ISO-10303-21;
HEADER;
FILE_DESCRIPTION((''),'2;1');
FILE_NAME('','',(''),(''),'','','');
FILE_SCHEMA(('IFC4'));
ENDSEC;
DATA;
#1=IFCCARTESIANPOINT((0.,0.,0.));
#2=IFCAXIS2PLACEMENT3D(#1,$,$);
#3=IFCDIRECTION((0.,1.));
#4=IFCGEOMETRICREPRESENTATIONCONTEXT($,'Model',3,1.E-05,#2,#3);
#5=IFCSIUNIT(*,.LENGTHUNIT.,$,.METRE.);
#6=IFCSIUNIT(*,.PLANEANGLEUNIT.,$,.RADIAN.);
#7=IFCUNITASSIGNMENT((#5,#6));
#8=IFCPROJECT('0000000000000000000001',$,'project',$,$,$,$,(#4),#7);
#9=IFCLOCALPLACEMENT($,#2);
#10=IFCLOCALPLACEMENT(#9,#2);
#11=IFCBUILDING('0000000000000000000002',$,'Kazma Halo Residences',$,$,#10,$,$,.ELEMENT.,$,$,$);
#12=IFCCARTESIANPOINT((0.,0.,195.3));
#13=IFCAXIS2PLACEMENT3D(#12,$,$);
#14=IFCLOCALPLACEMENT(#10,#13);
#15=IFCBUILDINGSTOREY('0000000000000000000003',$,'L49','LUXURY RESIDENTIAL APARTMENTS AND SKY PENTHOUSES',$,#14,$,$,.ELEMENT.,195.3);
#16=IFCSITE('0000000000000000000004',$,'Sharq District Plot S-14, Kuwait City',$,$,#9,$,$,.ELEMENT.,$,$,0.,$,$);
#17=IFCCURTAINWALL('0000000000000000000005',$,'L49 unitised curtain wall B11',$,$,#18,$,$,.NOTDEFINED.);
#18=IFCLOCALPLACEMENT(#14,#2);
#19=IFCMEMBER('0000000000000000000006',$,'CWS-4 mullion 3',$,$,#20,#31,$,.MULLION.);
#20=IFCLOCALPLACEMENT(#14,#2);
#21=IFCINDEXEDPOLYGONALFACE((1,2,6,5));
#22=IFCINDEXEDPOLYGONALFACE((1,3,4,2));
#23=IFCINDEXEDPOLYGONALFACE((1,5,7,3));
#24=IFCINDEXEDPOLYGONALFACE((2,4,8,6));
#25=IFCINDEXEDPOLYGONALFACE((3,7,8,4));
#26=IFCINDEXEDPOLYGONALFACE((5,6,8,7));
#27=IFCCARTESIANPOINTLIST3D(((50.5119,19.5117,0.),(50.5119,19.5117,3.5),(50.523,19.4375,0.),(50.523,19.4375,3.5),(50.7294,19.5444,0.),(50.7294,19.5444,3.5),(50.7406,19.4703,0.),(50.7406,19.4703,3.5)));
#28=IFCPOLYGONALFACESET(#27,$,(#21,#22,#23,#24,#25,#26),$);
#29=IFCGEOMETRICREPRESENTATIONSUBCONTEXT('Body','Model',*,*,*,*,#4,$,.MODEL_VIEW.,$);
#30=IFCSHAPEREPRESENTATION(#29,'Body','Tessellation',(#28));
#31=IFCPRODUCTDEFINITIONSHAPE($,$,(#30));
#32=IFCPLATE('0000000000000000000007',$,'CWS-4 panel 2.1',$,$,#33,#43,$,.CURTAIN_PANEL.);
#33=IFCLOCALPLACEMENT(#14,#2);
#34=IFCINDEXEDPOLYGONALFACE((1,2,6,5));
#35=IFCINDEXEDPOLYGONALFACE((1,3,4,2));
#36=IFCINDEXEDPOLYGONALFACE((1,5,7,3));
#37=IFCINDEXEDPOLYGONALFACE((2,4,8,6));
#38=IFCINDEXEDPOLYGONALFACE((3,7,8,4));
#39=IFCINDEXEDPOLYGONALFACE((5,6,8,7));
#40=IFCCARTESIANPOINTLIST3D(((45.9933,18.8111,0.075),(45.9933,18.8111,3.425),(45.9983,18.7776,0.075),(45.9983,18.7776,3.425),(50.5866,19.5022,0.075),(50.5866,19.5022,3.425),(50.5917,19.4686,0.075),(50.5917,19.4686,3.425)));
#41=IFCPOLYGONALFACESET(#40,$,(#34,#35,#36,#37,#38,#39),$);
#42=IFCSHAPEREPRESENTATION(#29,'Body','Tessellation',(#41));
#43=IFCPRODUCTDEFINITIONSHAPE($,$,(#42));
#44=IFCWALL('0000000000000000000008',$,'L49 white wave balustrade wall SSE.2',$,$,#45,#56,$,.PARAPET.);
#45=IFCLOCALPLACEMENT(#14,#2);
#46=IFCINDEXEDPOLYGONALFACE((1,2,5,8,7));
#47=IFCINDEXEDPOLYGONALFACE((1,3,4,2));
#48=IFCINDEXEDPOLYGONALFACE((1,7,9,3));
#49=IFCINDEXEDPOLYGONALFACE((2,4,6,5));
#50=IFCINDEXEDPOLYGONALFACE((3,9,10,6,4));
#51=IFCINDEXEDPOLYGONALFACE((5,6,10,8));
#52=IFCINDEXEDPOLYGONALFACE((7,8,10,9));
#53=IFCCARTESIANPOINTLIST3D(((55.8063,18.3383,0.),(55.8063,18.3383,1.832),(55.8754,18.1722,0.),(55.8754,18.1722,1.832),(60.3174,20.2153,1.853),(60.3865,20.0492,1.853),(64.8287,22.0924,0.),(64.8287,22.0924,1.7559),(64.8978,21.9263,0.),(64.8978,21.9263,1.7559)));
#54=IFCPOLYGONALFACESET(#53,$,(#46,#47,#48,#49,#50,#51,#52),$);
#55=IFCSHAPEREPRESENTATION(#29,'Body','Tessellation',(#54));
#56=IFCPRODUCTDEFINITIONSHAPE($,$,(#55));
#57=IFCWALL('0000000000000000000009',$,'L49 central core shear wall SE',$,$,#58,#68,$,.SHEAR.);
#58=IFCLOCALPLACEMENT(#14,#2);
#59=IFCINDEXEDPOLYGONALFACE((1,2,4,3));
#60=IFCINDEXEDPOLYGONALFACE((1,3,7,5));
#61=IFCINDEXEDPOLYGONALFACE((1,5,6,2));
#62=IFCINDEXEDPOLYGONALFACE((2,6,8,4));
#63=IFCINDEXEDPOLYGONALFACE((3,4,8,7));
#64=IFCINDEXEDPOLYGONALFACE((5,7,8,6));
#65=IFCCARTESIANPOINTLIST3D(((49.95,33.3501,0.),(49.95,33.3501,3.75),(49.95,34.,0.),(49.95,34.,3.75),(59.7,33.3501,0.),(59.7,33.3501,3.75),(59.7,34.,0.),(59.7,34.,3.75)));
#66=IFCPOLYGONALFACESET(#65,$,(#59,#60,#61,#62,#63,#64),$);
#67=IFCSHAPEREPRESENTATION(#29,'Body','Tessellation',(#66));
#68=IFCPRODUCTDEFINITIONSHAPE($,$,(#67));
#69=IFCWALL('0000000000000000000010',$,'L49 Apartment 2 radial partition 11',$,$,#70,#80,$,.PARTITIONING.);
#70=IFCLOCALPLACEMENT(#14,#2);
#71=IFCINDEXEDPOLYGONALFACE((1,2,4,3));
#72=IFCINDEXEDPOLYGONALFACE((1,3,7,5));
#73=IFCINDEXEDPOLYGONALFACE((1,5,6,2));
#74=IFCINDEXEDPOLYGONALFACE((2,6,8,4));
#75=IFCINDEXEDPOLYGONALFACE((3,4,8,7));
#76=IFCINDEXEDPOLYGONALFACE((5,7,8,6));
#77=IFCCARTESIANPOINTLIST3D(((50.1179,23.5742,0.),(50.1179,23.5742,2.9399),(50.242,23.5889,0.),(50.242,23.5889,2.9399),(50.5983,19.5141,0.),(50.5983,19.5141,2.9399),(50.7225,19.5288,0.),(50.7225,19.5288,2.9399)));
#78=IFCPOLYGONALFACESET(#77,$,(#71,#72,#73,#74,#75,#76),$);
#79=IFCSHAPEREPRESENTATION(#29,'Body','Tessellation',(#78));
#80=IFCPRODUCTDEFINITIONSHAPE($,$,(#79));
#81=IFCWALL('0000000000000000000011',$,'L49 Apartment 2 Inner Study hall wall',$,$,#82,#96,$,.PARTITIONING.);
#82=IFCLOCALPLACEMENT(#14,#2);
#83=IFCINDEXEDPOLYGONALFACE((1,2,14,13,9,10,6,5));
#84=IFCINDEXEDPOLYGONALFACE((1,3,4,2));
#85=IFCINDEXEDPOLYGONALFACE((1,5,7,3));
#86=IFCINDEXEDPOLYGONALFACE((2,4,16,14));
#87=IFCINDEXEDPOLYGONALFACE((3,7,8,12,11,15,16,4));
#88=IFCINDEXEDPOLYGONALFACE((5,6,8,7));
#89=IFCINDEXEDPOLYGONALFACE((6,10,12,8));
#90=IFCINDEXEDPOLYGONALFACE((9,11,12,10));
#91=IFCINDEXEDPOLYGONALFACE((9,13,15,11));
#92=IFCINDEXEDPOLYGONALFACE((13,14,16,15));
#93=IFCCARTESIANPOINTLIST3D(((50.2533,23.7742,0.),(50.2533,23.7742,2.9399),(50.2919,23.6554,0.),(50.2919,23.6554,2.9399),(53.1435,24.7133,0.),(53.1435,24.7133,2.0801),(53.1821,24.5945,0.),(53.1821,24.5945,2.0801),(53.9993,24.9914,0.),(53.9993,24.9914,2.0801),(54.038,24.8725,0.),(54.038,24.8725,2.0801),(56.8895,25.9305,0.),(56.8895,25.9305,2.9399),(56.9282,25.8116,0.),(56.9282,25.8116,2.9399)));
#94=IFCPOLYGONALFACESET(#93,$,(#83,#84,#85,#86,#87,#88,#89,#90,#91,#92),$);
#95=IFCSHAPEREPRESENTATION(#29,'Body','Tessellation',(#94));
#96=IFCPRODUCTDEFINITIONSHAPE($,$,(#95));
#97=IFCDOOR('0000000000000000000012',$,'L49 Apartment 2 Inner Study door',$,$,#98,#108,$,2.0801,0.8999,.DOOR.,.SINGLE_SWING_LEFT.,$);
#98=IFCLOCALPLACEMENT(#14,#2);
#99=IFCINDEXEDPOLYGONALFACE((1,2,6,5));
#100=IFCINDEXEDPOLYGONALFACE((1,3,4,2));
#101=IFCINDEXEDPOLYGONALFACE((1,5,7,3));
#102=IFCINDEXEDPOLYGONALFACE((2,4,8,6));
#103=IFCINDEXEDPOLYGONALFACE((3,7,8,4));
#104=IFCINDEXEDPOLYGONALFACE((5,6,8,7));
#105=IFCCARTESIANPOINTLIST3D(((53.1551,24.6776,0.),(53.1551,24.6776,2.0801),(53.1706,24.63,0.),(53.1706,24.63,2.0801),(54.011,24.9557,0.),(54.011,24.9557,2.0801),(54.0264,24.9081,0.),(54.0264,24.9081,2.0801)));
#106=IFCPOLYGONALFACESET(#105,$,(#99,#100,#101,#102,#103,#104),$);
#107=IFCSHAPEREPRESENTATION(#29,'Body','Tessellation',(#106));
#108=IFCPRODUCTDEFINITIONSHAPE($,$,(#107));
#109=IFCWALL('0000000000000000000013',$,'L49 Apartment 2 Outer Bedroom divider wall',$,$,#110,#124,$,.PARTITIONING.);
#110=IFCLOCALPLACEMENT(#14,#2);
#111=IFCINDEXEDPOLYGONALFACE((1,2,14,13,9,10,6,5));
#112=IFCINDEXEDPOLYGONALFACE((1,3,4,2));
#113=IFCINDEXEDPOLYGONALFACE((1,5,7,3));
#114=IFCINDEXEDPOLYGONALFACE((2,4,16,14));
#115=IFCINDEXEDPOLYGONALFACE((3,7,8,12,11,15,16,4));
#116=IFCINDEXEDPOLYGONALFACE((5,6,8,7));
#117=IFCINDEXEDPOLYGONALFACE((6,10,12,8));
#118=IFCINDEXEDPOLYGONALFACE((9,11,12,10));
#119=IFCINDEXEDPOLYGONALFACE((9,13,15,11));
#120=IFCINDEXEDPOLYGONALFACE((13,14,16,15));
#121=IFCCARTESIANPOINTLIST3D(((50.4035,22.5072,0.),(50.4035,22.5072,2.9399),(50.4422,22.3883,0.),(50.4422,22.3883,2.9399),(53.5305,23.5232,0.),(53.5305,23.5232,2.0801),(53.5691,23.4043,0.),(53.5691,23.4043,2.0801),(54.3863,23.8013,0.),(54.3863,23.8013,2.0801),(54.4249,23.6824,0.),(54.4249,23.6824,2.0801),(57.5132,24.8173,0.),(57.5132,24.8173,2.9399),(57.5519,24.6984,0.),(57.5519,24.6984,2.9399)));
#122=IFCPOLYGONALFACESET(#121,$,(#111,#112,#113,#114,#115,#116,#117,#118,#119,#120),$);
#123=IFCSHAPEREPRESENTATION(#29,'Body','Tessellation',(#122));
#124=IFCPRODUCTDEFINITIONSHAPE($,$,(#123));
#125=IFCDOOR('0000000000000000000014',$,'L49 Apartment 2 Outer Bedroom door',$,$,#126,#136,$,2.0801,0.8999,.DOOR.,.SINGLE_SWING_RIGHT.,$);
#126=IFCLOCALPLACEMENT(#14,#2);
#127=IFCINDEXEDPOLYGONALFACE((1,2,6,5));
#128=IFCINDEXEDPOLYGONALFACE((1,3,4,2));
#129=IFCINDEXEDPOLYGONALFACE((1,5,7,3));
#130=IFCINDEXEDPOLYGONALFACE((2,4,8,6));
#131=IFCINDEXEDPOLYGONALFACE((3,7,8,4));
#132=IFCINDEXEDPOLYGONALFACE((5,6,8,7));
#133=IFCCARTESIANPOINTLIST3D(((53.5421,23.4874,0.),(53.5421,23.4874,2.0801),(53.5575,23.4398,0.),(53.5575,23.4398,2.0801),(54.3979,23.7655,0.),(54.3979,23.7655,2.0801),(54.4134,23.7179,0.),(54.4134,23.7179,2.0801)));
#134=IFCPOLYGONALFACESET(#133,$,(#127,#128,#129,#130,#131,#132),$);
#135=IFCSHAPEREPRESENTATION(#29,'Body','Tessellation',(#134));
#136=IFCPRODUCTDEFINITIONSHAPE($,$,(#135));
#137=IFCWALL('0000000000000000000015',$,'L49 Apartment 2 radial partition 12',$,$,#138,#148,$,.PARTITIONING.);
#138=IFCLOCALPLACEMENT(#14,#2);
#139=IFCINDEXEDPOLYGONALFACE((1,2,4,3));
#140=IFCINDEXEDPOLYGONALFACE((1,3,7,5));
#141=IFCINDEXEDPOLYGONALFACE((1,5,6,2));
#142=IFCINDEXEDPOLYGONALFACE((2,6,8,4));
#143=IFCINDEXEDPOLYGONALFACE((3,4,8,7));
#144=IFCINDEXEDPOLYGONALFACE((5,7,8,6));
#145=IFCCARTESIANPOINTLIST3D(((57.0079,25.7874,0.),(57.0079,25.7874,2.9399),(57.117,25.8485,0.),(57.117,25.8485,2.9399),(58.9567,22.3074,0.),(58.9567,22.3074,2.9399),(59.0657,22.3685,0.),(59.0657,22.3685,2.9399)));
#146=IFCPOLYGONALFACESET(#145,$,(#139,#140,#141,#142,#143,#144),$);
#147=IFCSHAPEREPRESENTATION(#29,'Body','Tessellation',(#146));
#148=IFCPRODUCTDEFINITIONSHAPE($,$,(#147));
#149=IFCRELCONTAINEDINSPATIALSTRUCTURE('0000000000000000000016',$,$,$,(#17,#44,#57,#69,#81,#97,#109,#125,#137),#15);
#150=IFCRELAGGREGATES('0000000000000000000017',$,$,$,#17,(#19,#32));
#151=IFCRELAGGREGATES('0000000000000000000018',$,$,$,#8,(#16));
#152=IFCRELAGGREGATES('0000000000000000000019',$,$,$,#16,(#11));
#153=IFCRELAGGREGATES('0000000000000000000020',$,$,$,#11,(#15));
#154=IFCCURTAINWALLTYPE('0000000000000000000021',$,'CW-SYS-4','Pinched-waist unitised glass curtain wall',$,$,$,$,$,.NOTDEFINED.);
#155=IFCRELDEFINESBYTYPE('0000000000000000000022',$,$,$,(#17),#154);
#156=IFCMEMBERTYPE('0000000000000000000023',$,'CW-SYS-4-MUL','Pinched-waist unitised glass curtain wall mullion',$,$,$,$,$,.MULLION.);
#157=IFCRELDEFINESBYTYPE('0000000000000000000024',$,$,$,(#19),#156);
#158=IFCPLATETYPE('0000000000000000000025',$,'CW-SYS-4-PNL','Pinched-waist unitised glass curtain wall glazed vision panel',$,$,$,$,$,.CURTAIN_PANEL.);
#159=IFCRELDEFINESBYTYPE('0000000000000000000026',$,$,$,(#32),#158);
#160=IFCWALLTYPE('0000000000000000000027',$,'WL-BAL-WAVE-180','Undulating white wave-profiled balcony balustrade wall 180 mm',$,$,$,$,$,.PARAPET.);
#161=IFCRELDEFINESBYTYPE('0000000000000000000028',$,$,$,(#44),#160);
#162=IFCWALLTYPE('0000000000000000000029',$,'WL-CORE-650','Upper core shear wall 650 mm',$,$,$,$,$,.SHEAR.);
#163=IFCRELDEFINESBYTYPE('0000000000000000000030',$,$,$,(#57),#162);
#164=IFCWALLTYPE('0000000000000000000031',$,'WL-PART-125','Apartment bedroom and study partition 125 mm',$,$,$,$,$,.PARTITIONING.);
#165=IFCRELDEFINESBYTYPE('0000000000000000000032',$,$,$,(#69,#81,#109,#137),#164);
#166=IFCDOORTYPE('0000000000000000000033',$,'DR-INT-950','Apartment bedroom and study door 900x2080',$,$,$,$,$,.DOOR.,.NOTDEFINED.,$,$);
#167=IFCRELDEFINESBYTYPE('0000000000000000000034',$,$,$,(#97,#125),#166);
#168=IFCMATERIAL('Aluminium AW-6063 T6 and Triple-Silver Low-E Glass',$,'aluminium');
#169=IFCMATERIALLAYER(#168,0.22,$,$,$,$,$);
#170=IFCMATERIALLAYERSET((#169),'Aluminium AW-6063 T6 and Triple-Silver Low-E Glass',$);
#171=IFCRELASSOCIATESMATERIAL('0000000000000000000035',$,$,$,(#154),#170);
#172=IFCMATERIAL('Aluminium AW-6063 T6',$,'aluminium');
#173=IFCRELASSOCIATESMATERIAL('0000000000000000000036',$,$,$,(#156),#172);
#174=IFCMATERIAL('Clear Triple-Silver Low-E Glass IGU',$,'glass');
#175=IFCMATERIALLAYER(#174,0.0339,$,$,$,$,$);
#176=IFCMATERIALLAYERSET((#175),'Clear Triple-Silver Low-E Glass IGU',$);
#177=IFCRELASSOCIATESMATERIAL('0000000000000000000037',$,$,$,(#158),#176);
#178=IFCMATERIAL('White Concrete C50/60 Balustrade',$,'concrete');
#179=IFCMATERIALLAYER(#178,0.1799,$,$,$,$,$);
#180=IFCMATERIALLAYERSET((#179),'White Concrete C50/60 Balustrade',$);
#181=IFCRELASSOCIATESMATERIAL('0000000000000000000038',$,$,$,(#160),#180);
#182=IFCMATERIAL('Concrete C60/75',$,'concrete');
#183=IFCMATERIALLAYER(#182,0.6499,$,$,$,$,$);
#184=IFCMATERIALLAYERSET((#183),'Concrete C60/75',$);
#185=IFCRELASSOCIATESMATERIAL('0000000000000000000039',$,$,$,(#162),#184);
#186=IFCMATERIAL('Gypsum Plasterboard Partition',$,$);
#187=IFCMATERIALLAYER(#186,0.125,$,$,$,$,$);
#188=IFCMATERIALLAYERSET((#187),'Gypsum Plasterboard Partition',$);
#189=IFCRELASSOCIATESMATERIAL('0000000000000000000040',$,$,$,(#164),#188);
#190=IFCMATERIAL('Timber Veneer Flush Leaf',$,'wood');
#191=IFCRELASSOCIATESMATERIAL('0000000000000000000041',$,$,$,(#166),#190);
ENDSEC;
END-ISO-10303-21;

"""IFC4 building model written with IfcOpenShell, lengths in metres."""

from ifc_helpers import new_model, si_unit, direction, frame, frame_2d, origin, origin_2d, place, context, subcontext, project, spatial, polyline, rectangle, outline, extrude, material, layer, layer_set, material_profile, profile_set, type_object, element, fill, aggregate, save


model = new_model("IFC4")

# Units and contexts
model_context = context("Model", 3, precision=1e-05, world=origin(), true_north=direction((0.0, 1.0)))
body_context = subcontext(model_context, "Body", "Model", "MODEL_VIEW")
ifc_project = project(units=[si_unit("LENGTHUNIT", "METRE"), si_unit("PLANEANGLEUNIT", "RADIAN")], contexts=[model_context])

# Site, building, storey
site_placement = place(None, origin())
site = spatial("IfcSite", under=ifc_project, at=site_placement, Name="Sharq District Plot S-14, Kuwait City", CompositionType="ELEMENT", RefElevation=0.0)
building_placement = place(site_placement, origin())
building = spatial("IfcBuilding", under=site, at=building_placement, Name="Kazma Halo Residences", CompositionType="ELEMENT")
storey_placement = place(building_placement, frame((0.0, 0.0, 195.3)))
storey = spatial("IfcBuildingStorey", under=building, at=storey_placement, Name="L49", Description="LUXURY RESIDENTIAL APARTMENTS AND SKY PENTHOUSES", CompositionType="ELEMENT", Elevation=195.3)

# Curtain wall, member, plate
ifc_material_1 = material(Name="Aluminium AW-6063 T6 and Triple-Silver Low-E Glass", Category="aluminium")
ifc_layer_1 = layer(ifc_material_1, 0.22)
ifc_layer_set_1 = layer_set([ifc_layer_1], Name="Aluminium AW-6063 T6 and Triple-Silver Low-E Glass")
curtain_wall_type = type_object("IfcCurtainWallType", Name="CW-SYS-4", Description="Pinched-waist unitised glass curtain wall", PredefinedType="NOTDEFINED", material=ifc_layer_set_1)
curtain_wall_placement = place(storey_placement, origin())
curtain_wall = element("IfcCurtainWall", 1, at=curtain_wall_placement, inside=storey, type_object=curtain_wall_type, Name="L49 unitised curtain wall B11", PredefinedType="NOTDEFINED")
ifc_material_2 = material(Name="Aluminium AW-6063 T6", Category="aluminium")
ifc_material_profile_1 = material_profile(ifc_material_2, rectangle(XDim=0.075, YDim=0.22, at=origin_2d()), Name="CWM-75x220")
ifc_profile_set_1 = profile_set([ifc_material_profile_1], Name="Aluminium AW-6063 T6")
member_type = type_object("IfcMemberType", Name="CW-SYS-4-MUL", Description="Pinched-waist unitised glass curtain wall mullion", PredefinedType="MULLION", material=ifc_profile_set_1)
member_placement = place(storey_placement, frame((50.6262, 19.491, 0.0), z_axis=(0.0, 0.0, 1.0), x_axis=(-0.148773, 0.988871, 0.0)))
member = element("IfcMember", 2, at=member_placement, type_object=member_type, Name="CWS-4 mullion 3", PredefinedType="MULLION", context=body_context, shape_type="SweptSolid", body=[
    extrude(rectangle(XDim=0.075, YDim=0.22, at=origin_2d()), origin(), (0.0, 0.0, 1.0), 3.5),
])
ifc_material_3 = material(Name="Clear Triple-Silver Low-E Glass IGU", Category="glass")
ifc_layer_2 = layer(ifc_material_3, 0.0339)
ifc_layer_set_2 = layer_set([ifc_layer_2], Name="Clear Triple-Silver Low-E Glass IGU")
plate_type = type_object("IfcPlateType", Name="CW-SYS-4-PNL", Description="Pinched-waist unitised glass curtain wall glazed vision panel", PredefinedType="CURTAIN_PANEL", material=ifc_layer_set_2)
plate_placement = place(storey_placement, frame((48.2925, 19.1399, 0.075), z_axis=(0.0, 0.0, 1.0), x_axis=(0.988871, 0.148773, 0.0)))
plate = element("IfcPlate", 3, at=plate_placement, type_object=plate_type, Name="CWS-4 panel 2.1", PredefinedType="CURTAIN_PANEL", context=body_context, shape_type="SweptSolid", body=[
    extrude(rectangle(XDim=4.645, YDim=0.0339, at=origin_2d()), origin(), (0.0, 0.0, 1.0), 3.3501),
])
aggregate(curtain_wall, [member, plate])

# Walls
ifc_material_4 = material(Name="White Concrete C50/60 Balustrade", Category="concrete")
ifc_layer_3 = layer(ifc_material_4, 0.1799)
ifc_layer_set_3 = layer_set([ifc_layer_3], Name="White Concrete C50/60 Balustrade")
wall_type_1 = type_object("IfcWallType", Name="WL-BAL-WAVE-180", Description="Undulating white wave-profiled balcony balustrade wall 180 mm", PredefinedType="PARAPET", material=ifc_layer_set_3)
wall_1_placement = place(storey_placement, frame((55.8408, 18.2554, 0.0), z_axis=(0.0, 0.0, 1.0), x_axis=(0.923266, 0.384161, 0.0)))
element("IfcWall", 4, at=wall_1_placement, inside=storey, type_object=wall_type_1, Name="L49 white wave balustrade wall SSE.2", PredefinedType="PARAPET", context=body_context, shape_type="SweptSolid", body=[
    extrude(outline(polyline([(0.0, 0.0), (9.7722, 0.0), (9.7722, 1.7559), (4.886, 1.853), (0.0, 1.832), (0.0, 0.0)])), frame((0.0, 0.0898, 0.0), z_axis=(0.0, -1.0, 0.0), x_axis=(1.0, 0.0, 0.0)), (0.0, 0.0, 1.0), 0.1799),
])
ifc_material_5 = material(Name="Concrete C60/75", Category="concrete")
ifc_layer_4 = layer(ifc_material_5, 0.6499)
ifc_layer_set_4 = layer_set([ifc_layer_4], Name="Concrete C60/75")
wall_type_2 = type_object("IfcWallType", Name="WL-CORE-650", Description="Upper core shear wall 650 mm", PredefinedType="SHEAR", material=ifc_layer_set_4)
wall_2_placement = place(storey_placement, frame((49.95, 33.675, 0.0), z_axis=(0.0, 0.0, 1.0), x_axis=(1.0, 0.0, 0.0)))
element("IfcWall", 5, at=wall_2_placement, inside=storey, type_object=wall_type_2, Name="L49 central core shear wall SE", PredefinedType="SHEAR", context=body_context, shape_type="SweptSolid", body=[
    extrude(rectangle(XDim=9.75, YDim=0.6499, at=frame_2d((4.875, 0.0))), origin(), (0.0, 0.0, 1.0), 3.75),
])

# Wall
ifc_material_6 = material(Name="Gypsum Plasterboard Partition")
ifc_layer_5 = layer(ifc_material_6, 0.125)
ifc_layer_set_5 = layer_set([ifc_layer_5], Name="Gypsum Plasterboard Partition")
wall_type_3 = type_object("IfcWallType", Name="WL-PART-125", Description="Apartment bedroom and study partition 125 mm", PredefinedType="PARTITIONING", material=ifc_layer_set_5)
wall_3_placement = place(storey_placement, frame((50.1799, 23.5815, 0.0), z_axis=(0.0, 0.0, 1.0), x_axis=(0.11752, -0.99307, 0.0)))
element("IfcWall", 6, at=wall_3_placement, inside=storey, type_object=wall_type_3, Name="L49 Apartment 2 radial partition 11", PredefinedType="PARTITIONING", context=body_context, shape_type="SweptSolid", body=[
    extrude(rectangle(XDim=4.0884, YDim=0.125, at=frame_2d((2.0442, 0.0))), origin(), (0.0, 0.0, 1.0), 2.9399),
])

# Walls, openings, doors
wall_4_placement = place(storey_placement, frame((50.2727, 23.7148, 0.0), z_axis=(0.0, 0.0, 1.0), x_axis=(0.951056, 0.309018, 0.0)))
wall_4 = element("IfcWall", 7, at=wall_4_placement, inside=storey, type_object=wall_type_3, Name="L49 Apartment 2 Inner Study hall wall", PredefinedType="PARTITIONING", context=body_context, shape_type="SweptSolid", body=[
    extrude(rectangle(XDim=6.9778, YDim=0.125, at=frame_2d((3.4888, 0.0))), origin(), (0.0, 0.0, 1.0), 2.9399),
])
opening_1_placement = place(wall_4_placement, frame((3.0388, 0.0, 0.0)))
opening_1 = element("IfcOpeningElement", 8, at=opening_1_placement, cuts=wall_4, PredefinedType="OPENING", context=body_context, shape_type="SweptSolid", body=[
    extrude(rectangle(XDim=0.8999, YDim=2.0801, at=frame_2d((0.45, 1.04))), frame((0.0, 0.0725, 0.0), z_axis=(0.0, -1.0, 0.0), x_axis=(1.0, 0.0, 0.0)), (0.0, 0.0, 1.0), 0.145),
])
ifc_material_7 = material(Name="Timber Veneer Flush Leaf", Category="wood")
door_type_1 = type_object("IfcDoorType", Name="DR-INT-950", Description="Apartment bedroom and study door 900x2080", OperationType="NOTDEFINED", PredefinedType="DOOR", material=ifc_material_7)
door_1_placement = place(opening_1_placement, origin())
door_1 = element("IfcDoor", 9, at=door_1_placement, inside=storey, type_object=door_type_1, Name="L49 Apartment 2 Inner Study door", OperationType="SINGLE_SWING_LEFT", OverallHeight=2.0801, OverallWidth=0.8999, PredefinedType="DOOR", context=body_context, shape_type="SweptSolid", body=[
    extrude(rectangle(XDim=0.8999, YDim=2.0801, at=frame_2d((0.45, 1.04))), frame((0.0, 0.0249, 0.0), z_axis=(0.0, -1.0, 0.0), x_axis=(1.0, 0.0, 0.0)), (0.0, 0.0, 1.0), 0.05),
])
fill(opening_1, door_1)
wall_5_placement = place(storey_placement, frame((50.4229, 22.4478, 0.0), z_axis=(0.0, 0.0, 1.0), x_axis=(0.951056, 0.309017, 0.0)))
wall_5 = element("IfcWall", 10, at=wall_5_placement, inside=storey, type_object=wall_type_3, Name="L49 Apartment 2 Outer Bedroom divider wall", PredefinedType="PARTITIONING", context=body_context, shape_type="SweptSolid", body=[
    extrude(rectangle(XDim=7.4756, YDim=0.125, at=frame_2d((3.7378, 0.0))), origin(), (0.0, 0.0, 1.0), 2.9399),
])
opening_2_placement = place(wall_5_placement, frame((3.2878, 0.0, 0.0)))
opening_2 = element("IfcOpeningElement", 11, at=opening_2_placement, cuts=wall_5, PredefinedType="OPENING", context=body_context, shape_type="SweptSolid", body=[
    extrude(rectangle(XDim=0.8999, YDim=2.0801, at=frame_2d((0.45, 1.04))), frame((0.0, 0.0725, 0.0), z_axis=(0.0, -1.0, 0.0), x_axis=(1.0, 0.0, 0.0)), (0.0, 0.0, 1.0), 0.145),
])
door_2_placement = place(opening_2_placement, origin())
door_2 = element("IfcDoor", 12, at=door_2_placement, inside=storey, type_object=door_type_1, Name="L49 Apartment 2 Outer Bedroom door", OperationType="SINGLE_SWING_RIGHT", OverallHeight=2.0801, OverallWidth=0.8999, PredefinedType="DOOR", context=body_context, shape_type="SweptSolid", body=[
    extrude(rectangle(XDim=0.8999, YDim=2.0801, at=frame_2d((0.45, 1.04))), frame((0.0, 0.0249, 0.0), z_axis=(0.0, -1.0, 0.0), x_axis=(1.0, 0.0, 0.0)), (0.0, 0.0, 1.0), 0.05),
])
fill(opening_2, door_2)

# Wall
wall_6_placement = place(storey_placement, frame((57.0625, 25.8179, 0.0), z_axis=(0.0, 0.0, 1.0), x_axis=(0.488592, -0.872512, 0.0)))
element("IfcWall", 13, at=wall_6_placement, inside=storey, type_object=wall_type_3, Name="L49 Apartment 2 radial partition 12", PredefinedType="PARTITIONING", context=body_context, shape_type="SweptSolid", body=[
    extrude(rectangle(XDim=3.9885, YDim=0.125, at=frame_2d((1.9941, 0.0))), origin(), (0.0, 0.0, 1.0), 2.9399),
])

save(model, "model.ifc")
